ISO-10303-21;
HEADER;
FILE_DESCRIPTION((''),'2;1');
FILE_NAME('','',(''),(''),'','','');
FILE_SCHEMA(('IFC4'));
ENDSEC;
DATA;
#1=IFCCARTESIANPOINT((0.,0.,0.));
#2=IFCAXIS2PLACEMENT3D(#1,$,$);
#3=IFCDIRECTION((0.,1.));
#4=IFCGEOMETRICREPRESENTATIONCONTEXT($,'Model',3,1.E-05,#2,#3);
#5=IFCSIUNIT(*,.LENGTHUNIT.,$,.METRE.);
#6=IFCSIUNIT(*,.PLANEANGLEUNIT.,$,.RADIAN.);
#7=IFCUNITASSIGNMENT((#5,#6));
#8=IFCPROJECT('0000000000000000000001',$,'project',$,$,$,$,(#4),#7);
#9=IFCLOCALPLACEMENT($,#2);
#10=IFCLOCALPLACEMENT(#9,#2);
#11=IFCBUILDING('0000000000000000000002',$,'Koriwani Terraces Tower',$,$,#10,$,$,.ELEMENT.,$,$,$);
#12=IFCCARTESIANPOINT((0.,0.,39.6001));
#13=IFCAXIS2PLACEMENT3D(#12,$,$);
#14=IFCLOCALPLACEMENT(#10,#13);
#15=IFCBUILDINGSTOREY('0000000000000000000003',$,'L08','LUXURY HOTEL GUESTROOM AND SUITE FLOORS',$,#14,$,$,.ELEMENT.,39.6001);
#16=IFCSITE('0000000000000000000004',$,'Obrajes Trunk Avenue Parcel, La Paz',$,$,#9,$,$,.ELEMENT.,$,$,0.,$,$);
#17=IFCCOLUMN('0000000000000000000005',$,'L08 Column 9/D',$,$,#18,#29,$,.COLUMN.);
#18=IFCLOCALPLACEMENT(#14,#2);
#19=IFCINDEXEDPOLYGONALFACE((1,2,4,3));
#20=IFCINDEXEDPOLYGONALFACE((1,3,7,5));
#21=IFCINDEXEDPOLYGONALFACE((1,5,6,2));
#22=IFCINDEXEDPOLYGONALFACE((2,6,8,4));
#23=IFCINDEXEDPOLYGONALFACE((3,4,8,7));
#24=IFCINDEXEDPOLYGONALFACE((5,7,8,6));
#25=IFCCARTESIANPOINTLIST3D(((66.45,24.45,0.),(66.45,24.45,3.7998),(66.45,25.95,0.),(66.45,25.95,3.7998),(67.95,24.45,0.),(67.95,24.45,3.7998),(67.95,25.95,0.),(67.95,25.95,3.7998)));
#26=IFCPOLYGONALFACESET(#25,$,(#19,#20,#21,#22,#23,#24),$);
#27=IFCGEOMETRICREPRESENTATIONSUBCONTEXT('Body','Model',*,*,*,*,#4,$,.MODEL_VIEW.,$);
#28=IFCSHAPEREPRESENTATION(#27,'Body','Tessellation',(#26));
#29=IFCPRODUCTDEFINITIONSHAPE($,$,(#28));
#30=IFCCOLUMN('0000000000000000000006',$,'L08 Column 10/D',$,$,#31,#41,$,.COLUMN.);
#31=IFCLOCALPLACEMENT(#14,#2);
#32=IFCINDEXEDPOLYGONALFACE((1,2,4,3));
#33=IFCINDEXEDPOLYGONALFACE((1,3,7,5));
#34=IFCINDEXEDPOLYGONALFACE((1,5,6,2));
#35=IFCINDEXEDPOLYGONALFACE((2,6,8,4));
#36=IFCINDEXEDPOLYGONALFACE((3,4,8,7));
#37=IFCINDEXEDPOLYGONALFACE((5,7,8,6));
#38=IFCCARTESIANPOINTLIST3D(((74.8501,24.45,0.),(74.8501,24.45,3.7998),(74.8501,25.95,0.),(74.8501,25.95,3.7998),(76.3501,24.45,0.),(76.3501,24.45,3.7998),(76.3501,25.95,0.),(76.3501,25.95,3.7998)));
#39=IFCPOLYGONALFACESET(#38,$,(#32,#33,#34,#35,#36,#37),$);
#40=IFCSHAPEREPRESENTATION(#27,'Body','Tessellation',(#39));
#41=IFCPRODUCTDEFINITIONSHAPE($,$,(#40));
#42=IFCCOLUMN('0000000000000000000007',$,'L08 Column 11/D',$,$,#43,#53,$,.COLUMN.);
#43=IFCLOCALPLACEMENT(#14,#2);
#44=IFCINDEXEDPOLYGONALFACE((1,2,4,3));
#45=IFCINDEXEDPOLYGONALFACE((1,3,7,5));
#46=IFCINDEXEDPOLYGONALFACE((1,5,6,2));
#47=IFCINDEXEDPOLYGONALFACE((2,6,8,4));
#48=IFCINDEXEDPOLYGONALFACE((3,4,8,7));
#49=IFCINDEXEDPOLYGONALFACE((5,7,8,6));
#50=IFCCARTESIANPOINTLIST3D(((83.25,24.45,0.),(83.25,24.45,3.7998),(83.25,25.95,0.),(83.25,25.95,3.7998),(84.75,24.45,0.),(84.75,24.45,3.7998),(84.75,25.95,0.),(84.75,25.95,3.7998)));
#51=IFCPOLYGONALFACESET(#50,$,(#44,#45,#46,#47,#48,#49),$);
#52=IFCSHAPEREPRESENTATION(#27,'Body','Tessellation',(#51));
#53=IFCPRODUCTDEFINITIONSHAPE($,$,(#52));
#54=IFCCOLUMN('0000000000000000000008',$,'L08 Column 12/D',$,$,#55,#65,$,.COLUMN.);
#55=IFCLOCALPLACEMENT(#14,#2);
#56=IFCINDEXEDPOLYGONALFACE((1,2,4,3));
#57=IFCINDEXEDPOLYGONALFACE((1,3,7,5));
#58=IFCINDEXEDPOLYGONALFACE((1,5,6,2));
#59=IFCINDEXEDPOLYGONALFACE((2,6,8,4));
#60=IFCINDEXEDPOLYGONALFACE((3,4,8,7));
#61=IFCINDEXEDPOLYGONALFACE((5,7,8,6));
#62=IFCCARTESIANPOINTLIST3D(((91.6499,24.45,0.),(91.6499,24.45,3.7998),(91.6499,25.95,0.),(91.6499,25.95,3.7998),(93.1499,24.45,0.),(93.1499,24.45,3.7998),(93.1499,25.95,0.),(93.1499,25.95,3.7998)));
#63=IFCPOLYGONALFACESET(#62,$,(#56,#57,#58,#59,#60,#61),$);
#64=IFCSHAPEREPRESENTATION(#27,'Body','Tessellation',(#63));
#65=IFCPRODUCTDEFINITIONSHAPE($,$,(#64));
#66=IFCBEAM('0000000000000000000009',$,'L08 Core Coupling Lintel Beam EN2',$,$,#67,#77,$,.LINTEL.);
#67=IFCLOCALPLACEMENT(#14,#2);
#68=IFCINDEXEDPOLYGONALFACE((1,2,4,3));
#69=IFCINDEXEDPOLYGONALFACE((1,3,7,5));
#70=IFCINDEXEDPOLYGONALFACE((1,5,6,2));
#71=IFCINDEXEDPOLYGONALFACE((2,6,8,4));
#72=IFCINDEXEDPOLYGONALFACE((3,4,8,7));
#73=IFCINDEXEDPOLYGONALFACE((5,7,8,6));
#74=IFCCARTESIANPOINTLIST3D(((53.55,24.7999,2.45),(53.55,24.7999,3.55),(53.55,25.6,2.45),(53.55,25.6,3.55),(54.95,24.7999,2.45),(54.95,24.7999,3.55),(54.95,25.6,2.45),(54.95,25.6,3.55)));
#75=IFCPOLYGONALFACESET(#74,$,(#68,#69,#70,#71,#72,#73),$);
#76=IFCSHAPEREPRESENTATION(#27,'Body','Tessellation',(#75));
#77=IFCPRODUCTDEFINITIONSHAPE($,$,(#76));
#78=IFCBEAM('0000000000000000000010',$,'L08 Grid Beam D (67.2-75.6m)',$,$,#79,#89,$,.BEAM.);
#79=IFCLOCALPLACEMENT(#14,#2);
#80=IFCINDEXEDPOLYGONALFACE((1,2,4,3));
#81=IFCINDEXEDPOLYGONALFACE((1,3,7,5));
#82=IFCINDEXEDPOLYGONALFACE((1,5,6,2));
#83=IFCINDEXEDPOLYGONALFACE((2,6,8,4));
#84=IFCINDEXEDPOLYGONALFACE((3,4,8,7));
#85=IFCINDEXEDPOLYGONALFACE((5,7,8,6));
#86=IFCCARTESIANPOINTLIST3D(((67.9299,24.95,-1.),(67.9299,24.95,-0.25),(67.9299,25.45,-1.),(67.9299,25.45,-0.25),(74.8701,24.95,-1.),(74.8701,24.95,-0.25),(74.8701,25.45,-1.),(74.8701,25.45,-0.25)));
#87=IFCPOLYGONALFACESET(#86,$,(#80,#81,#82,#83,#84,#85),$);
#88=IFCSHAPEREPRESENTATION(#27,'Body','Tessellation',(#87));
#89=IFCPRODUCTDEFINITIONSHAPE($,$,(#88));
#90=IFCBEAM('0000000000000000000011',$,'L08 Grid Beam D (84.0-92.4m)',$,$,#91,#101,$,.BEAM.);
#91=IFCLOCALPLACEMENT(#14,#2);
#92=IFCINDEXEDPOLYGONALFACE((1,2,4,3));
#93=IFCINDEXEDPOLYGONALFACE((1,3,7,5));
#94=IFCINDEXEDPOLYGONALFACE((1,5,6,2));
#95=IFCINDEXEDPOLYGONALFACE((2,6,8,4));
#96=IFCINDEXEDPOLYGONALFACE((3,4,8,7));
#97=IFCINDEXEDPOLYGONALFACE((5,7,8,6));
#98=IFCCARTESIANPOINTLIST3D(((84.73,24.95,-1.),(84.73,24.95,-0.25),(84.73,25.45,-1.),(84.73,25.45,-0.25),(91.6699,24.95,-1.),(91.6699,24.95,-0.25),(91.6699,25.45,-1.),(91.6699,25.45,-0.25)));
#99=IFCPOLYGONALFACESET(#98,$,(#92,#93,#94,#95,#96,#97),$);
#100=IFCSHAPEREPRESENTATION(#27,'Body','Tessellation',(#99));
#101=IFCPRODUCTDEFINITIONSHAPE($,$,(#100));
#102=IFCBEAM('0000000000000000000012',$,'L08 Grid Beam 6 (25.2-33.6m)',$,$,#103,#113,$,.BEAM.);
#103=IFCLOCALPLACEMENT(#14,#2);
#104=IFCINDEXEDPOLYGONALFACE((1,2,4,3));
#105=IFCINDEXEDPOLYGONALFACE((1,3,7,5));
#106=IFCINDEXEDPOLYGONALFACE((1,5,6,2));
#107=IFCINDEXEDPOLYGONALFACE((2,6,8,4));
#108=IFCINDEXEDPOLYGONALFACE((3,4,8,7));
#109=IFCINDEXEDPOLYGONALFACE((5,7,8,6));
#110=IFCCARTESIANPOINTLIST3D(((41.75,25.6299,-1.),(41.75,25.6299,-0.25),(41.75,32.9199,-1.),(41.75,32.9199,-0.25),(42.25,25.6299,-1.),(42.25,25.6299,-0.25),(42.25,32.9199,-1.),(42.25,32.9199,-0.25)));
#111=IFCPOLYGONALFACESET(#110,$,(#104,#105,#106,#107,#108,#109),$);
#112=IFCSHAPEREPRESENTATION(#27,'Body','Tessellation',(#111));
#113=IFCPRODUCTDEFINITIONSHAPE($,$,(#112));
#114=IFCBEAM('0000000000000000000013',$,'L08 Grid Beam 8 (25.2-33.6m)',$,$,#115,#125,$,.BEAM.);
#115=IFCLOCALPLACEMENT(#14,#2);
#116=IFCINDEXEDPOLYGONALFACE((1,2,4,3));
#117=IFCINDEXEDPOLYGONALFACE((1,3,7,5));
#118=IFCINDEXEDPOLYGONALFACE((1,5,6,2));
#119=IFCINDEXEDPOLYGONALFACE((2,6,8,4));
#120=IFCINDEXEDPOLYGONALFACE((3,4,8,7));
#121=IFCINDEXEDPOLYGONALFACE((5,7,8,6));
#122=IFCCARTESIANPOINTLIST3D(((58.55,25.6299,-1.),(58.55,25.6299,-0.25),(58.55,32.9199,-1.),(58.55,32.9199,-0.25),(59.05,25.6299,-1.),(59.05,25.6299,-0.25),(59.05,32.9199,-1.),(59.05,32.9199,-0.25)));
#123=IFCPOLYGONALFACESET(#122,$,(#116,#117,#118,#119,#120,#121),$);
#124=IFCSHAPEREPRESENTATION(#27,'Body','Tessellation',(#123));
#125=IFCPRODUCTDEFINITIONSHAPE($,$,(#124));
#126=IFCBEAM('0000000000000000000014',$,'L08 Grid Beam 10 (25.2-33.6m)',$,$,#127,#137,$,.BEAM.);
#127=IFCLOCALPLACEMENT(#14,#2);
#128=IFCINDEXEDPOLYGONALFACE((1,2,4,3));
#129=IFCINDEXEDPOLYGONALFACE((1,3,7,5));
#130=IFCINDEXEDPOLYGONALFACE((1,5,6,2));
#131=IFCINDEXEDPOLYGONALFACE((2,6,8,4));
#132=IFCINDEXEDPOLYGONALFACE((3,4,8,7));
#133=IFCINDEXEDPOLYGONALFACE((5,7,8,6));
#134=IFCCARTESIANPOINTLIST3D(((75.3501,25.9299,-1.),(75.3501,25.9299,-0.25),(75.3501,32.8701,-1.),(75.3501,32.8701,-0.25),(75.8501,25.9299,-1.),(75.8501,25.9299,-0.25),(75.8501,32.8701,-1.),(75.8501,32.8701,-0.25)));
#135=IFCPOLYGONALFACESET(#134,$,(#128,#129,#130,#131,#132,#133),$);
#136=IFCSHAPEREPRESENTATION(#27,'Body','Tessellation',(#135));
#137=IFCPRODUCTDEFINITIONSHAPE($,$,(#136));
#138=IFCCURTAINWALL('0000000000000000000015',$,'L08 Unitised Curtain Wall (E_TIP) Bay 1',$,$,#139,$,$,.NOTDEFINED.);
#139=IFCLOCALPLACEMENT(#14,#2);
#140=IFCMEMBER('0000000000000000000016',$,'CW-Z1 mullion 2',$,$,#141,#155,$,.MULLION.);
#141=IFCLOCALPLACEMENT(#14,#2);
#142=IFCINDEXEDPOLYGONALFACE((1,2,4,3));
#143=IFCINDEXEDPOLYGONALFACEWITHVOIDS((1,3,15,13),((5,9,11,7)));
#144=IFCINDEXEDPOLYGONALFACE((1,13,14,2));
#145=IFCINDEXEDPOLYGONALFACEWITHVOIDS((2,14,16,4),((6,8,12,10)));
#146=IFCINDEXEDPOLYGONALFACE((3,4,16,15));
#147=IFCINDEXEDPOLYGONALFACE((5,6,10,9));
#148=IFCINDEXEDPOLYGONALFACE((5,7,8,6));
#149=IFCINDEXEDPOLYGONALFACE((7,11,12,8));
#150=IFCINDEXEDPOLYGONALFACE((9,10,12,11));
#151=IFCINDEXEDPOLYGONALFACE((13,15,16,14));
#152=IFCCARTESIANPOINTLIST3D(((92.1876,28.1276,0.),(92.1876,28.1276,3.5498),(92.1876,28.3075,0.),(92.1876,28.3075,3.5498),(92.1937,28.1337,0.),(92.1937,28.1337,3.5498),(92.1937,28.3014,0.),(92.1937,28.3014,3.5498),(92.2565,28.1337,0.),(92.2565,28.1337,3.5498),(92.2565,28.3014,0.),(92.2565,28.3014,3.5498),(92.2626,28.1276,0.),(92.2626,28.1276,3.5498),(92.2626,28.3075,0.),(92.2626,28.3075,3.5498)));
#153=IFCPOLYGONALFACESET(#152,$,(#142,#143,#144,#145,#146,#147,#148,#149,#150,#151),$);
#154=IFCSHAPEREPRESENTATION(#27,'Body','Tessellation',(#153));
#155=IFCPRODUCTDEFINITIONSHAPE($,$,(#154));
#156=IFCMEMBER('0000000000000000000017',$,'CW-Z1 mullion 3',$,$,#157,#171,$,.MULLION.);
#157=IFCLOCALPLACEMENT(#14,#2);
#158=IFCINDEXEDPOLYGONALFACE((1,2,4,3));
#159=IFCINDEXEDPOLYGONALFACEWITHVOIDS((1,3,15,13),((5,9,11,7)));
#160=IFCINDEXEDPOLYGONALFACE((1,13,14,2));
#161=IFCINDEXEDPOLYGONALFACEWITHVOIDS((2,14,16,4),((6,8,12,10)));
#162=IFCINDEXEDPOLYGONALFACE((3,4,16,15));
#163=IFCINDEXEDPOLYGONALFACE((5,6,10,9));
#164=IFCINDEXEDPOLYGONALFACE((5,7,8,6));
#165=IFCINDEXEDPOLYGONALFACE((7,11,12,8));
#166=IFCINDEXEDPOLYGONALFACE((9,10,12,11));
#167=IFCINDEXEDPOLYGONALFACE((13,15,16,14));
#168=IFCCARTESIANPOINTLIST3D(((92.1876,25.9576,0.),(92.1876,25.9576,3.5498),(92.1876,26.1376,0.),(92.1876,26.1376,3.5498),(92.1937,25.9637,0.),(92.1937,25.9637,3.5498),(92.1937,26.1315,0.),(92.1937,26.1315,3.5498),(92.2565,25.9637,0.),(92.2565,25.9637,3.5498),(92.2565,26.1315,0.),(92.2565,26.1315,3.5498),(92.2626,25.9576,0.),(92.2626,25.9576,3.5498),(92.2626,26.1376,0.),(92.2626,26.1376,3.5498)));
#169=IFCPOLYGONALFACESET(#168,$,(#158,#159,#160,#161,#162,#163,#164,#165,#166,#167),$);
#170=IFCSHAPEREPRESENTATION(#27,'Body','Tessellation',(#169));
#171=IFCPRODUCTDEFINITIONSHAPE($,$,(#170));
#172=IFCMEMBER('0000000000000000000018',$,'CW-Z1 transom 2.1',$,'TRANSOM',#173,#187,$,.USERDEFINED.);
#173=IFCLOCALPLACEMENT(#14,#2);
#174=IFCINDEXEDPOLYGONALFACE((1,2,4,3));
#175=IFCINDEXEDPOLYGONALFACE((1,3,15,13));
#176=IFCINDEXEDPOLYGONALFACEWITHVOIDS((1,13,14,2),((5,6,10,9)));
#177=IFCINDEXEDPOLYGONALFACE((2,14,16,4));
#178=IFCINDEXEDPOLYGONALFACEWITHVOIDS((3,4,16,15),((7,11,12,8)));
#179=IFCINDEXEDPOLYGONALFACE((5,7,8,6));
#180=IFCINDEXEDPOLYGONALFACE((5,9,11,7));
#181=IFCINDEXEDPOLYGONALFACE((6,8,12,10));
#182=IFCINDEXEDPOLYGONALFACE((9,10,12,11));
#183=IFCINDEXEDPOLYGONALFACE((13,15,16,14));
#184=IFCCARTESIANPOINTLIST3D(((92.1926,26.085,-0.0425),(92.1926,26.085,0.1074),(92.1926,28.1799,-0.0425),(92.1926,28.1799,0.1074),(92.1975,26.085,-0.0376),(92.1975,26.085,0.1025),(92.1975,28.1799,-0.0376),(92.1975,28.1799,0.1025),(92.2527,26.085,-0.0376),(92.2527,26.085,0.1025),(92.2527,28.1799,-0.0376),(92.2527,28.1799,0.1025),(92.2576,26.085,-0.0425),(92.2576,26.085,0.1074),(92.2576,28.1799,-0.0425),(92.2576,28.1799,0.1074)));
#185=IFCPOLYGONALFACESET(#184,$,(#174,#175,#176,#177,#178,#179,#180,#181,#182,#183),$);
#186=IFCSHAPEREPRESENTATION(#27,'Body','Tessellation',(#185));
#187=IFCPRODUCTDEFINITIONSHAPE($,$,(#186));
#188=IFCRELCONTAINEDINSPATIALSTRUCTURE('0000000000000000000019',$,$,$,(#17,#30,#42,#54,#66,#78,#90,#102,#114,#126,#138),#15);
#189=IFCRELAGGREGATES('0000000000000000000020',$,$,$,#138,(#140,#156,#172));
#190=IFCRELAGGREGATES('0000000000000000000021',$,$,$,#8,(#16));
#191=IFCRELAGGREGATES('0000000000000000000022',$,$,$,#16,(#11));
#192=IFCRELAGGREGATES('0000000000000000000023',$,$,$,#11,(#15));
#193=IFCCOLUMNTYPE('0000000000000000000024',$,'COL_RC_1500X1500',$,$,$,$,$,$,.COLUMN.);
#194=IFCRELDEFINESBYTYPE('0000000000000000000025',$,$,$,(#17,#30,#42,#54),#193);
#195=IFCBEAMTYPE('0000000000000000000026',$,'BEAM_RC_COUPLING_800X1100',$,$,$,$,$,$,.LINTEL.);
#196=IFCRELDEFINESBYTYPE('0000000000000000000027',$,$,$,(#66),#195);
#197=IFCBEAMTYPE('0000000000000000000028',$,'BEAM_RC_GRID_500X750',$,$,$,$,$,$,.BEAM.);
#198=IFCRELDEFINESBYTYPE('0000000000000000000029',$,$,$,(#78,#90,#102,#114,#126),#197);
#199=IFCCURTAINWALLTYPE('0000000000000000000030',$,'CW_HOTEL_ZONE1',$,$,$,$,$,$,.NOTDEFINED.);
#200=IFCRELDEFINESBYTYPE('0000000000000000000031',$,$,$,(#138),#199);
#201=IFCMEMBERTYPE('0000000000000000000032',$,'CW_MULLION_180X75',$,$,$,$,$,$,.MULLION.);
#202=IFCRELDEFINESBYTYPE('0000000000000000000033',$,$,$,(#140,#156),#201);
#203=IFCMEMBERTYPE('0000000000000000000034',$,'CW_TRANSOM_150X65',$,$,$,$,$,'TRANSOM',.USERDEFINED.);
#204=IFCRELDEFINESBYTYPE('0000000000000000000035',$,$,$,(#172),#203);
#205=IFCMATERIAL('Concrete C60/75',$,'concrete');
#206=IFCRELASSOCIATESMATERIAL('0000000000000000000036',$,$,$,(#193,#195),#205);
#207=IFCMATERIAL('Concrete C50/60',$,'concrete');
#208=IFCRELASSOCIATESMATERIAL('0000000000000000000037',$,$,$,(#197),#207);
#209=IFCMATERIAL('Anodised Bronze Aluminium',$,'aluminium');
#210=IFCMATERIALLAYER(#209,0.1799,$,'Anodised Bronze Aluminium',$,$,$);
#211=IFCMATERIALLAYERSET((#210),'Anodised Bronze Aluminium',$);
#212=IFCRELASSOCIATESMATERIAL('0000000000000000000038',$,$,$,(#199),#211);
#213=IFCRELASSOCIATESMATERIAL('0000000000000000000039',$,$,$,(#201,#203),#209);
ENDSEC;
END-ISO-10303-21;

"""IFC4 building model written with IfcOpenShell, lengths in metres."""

from ifc_helpers import new_model, si_unit, direction, frame, origin, origin_2d, place, context, subcontext, project, spatial, rectangle, hollow_rectangle, extrude, material, layer, layer_set, material_profile, profile_set, type_object, element, aggregate, save


model = new_model("IFC4")

# Units and contexts
model_context = context("Model", 3, precision=1e-05, world=origin(), true_north=direction((0.0, 1.0)))
body_context = subcontext(model_context, "Body", "Model", "MODEL_VIEW")
ifc_project = project(units=[si_unit("LENGTHUNIT", "METRE"), si_unit("PLANEANGLEUNIT", "RADIAN")], contexts=[model_context])

# Site, building, storey
site_placement = place(None, origin())
site = spatial("IfcSite", under=ifc_project, at=site_placement, Name="Obrajes Trunk Avenue Parcel, La Paz", CompositionType="ELEMENT", RefElevation=0.0)
building_placement = place(site_placement, origin())
building = spatial("IfcBuilding", under=site, at=building_placement, Name="Koriwani Terraces Tower", CompositionType="ELEMENT")
storey_placement = place(building_placement, frame((0.0, 0.0, 39.6001)))
storey = spatial("IfcBuildingStorey", under=building, at=storey_placement, Name="L08", Description="LUXURY HOTEL GUESTROOM AND SUITE FLOORS", CompositionType="ELEMENT", Elevation=39.6001)

# Columns
ifc_material_1 = material(Name="Concrete C60/75", Category="concrete")
ifc_material_profile_1 = material_profile(ifc_material_1, rectangle(XDim=1.5, YDim=1.5, at=origin_2d()), Name="Concrete C60/75", Category="LoadBearing")
ifc_profile_set_1 = profile_set([ifc_material_profile_1], Name="Concrete C60/75")
column_type = type_object("IfcColumnType", Name="COL_RC_1500X1500", PredefinedType="COLUMN", material=ifc_profile_set_1)
for number, where, z_axis, x_axis, name in (
    (1, (67.2, 25.2, 0.0), (0.0, 0.0, 1.0), (1.0, 0.0, 0.0), "L08 Column 9/D"),
    (2, (75.6001, 25.2, 0.0), (0.0, 0.0, 1.0), (1.0, 0.0, 0.0), "L08 Column 10/D"),
    (3, (84.0, 25.2, 0.0), (0.0, 0.0, 1.0), (1.0, 0.0, 0.0), "L08 Column 11/D"),
    (4, (92.3999, 25.2, 0.0), (0.0, 0.0, 1.0), (1.0, 0.0, 0.0), "L08 Column 12/D"),
):
    element("IfcColumn", number, at=place(storey_placement, frame(where, z_axis=z_axis, x_axis=x_axis)), inside=storey, type_object=column_type, Name=name, PredefinedType="COLUMN", context=body_context, shape_type="SweptSolid", body=[
        extrude(rectangle(XDim=1.5, YDim=1.5, at=origin_2d()), origin(), (0.0, 0.0, 1.0), 3.7998),
    ])

# Beams
ifc_material_profile_2 = material_profile(ifc_material_1, rectangle(XDim=0.8, YDim=1.1001, at=origin_2d()), Name="Concrete C60/75", Category="LoadBearing")
ifc_profile_set_2 = profile_set([ifc_material_profile_2], Name="Concrete C60/75")
beam_type_1 = type_object("IfcBeamType", Name="BEAM_RC_COUPLING_800X1100", PredefinedType="LINTEL", material=ifc_profile_set_2)
beam_1_placement = place(storey_placement, frame((53.55, 25.2, 3.0), z_axis=(1.0, 0.0, 0.0), x_axis=(0.0, 1.0, 0.0)))
element("IfcBeam", 5, at=beam_1_placement, inside=storey, type_object=beam_type_1, Name="L08 Core Coupling Lintel Beam EN2", PredefinedType="LINTEL", context=body_context, shape_type="SweptSolid", body=[
    extrude(rectangle(XDim=0.8, YDim=1.1001, at=origin_2d()), origin(), (0.0, 0.0, 1.0), 1.3999),
])
ifc_material_2 = material(Name="Concrete C50/60", Category="concrete")
ifc_material_profile_3 = material_profile(ifc_material_2, rectangle(XDim=0.5, YDim=0.75, at=origin_2d()), Name="Concrete C50/60", Category="LoadBearing")
ifc_profile_set_3 = profile_set([ifc_material_profile_3], Name="Concrete C50/60")
beam_type_2 = type_object("IfcBeamType", Name="BEAM_RC_GRID_500X750", PredefinedType="BEAM", material=ifc_profile_set_3)
beam_2_placement = place(storey_placement, frame((67.9299, 25.2, -0.625), z_axis=(1.0, 0.0, 0.0), x_axis=(0.0, 1.0, 0.0)))
element("IfcBeam", 6, at=beam_2_placement, inside=storey, type_object=beam_type_2, Name="L08 Grid Beam D (67.2-75.6m)", PredefinedType="BEAM", context=body_context, shape_type="SweptSolid", body=[
    extrude(rectangle(XDim=0.5, YDim=0.75, at=origin_2d()), origin(), (0.0, 0.0, 1.0), 6.9402),
])
beam_3_placement = place(storey_placement, frame((84.73, 25.2, -0.625), z_axis=(1.0, 0.0, 0.0), x_axis=(0.0, 1.0, 0.0)))
element("IfcBeam", 7, at=beam_3_placement, inside=storey, type_object=beam_type_2, Name="L08 Grid Beam D (84.0-92.4m)", PredefinedType="BEAM", context=body_context, shape_type="SweptSolid", body=[
    extrude(rectangle(XDim=0.5, YDim=0.75, at=origin_2d()), origin(), (0.0, 0.0, 1.0), 6.9399),
])
for number, where, z_axis, x_axis, name in (
    (8, (42.0, 25.6299, -0.625), (0.0, 1.0, 0.0), (-1.0, 0.0, 0.0), "L08 Grid Beam 6 (25.2-33.6m)"),
    (9, (58.8, 25.6299, -0.625), (0.0, 1.0, 0.0), (-1.0, 0.0, 0.0), "L08 Grid Beam 8 (25.2-33.6m)"),
):
    element("IfcBeam", number, at=place(storey_placement, frame(where, z_axis=z_axis, x_axis=x_axis)), inside=storey, type_object=beam_type_2, Name=name, PredefinedType="BEAM", context=body_context, shape_type="SweptSolid", body=[
        extrude(rectangle(XDim=0.5, YDim=0.75, at=origin_2d()), origin(), (0.0, 0.0, 1.0), 7.29),
    ])
beam_4_placement = place(storey_placement, frame((75.6001, 25.9299, -0.625), z_axis=(0.0, 1.0, 0.0), x_axis=(-1.0, 0.0, 0.0)))
element("IfcBeam", 10, at=beam_4_placement, inside=storey, type_object=beam_type_2, Name="L08 Grid Beam 10 (25.2-33.6m)", PredefinedType="BEAM", context=body_context, shape_type="SweptSolid", body=[
    extrude(rectangle(XDim=0.5, YDim=0.75, at=origin_2d()), origin(), (0.0, 0.0, 1.0), 6.9402),
])

# Curtain wall, members
ifc_material_3 = material(Name="Anodised Bronze Aluminium", Category="aluminium")
ifc_layer_1 = layer(ifc_material_3, 0.1799, Name="Anodised Bronze Aluminium")
ifc_layer_set_1 = layer_set([ifc_layer_1], Name="Anodised Bronze Aluminium")
curtain_wall_type = type_object("IfcCurtainWallType", Name="CW_HOTEL_ZONE1", PredefinedType="NOTDEFINED", material=ifc_layer_set_1)
curtain_wall_placement = place(storey_placement, origin())
curtain_wall = element("IfcCurtainWall", 11, at=curtain_wall_placement, inside=storey, type_object=curtain_wall_type, Name="L08 Unitised Curtain Wall (E_TIP) Bay 1", PredefinedType="NOTDEFINED")
ifc_material_profile_4 = material_profile(ifc_material_3, hollow_rectangle(XDim=0.075, YDim=0.1799, WallThickness=0.0061, at=origin_2d()), Name="Anodised Bronze Aluminium", Category="LoadBearing")
ifc_profile_set_4 = profile_set([ifc_material_profile_4], Name="Anodised Bronze Aluminium")
member_type_1 = type_object("IfcMemberType", Name="CW_MULLION_180X75", PredefinedType="MULLION", material=ifc_profile_set_4)
member_1_placement = place(storey_placement, frame((92.2251, 28.2175, 0.0), z_axis=(0.0, 0.0, 1.0), x_axis=(1.0, 0.0, 0.0)))
member_1 = element("IfcMember", 12, at=member_1_placement, type_object=member_type_1, Name="CW-Z1 mullion 2", PredefinedType="MULLION", context=body_context, shape_type="SweptSolid", body=[
    extrude(hollow_rectangle(XDim=0.075, YDim=0.1799, WallThickness=0.0061, at=origin_2d()), origin(), (0.0, 0.0, 1.0), 3.5498),
])
member_2_placement = place(storey_placement, frame((92.2251, 26.0476, 0.0), z_axis=(0.0, 0.0, 1.0), x_axis=(1.0, 0.0, 0.0)))
member_2 = element("IfcMember", 13, at=member_2_placement, type_object=member_type_1, Name="CW-Z1 mullion 3", PredefinedType="MULLION", context=body_context, shape_type="SweptSolid", body=[
    extrude(hollow_rectangle(XDim=0.075, YDim=0.1799, WallThickness=0.0061, at=origin_2d()), origin(), (0.0, 0.0, 1.0), 3.5498),
])
ifc_material_profile_5 = material_profile(ifc_material_3, hollow_rectangle(XDim=0.0649, YDim=0.1499, WallThickness=0.0049, at=origin_2d()), Name="Anodised Bronze Aluminium", Category="LoadBearing")
ifc_profile_set_5 = profile_set([ifc_material_profile_5], Name="Anodised Bronze Aluminium")
member_type_2 = type_object("IfcMemberType", Name="CW_TRANSOM_150X65", ElementType="TRANSOM", PredefinedType="USERDEFINED", material=ifc_profile_set_5)
member_3_placement = place(storey_placement, frame((92.2251, 28.1799, 0.0325), z_axis=(0.0, -1.0, 0.0), x_axis=(1.0, 0.0, 0.0)))
member_3 = element("IfcMember", 14, at=member_3_placement, type_object=member_type_2, Name="CW-Z1 transom 2.1", ObjectType="TRANSOM", PredefinedType="USERDEFINED", context=body_context, shape_type="SweptSolid", body=[
    extrude(hollow_rectangle(XDim=0.0649, YDim=0.1499, WallThickness=0.0049, at=origin_2d()), origin(), (0.0, 0.0, 1.0), 2.095),
])

aggregate(curtain_wall, [member_1, member_2, member_3])

save(model, "model.ifc")
